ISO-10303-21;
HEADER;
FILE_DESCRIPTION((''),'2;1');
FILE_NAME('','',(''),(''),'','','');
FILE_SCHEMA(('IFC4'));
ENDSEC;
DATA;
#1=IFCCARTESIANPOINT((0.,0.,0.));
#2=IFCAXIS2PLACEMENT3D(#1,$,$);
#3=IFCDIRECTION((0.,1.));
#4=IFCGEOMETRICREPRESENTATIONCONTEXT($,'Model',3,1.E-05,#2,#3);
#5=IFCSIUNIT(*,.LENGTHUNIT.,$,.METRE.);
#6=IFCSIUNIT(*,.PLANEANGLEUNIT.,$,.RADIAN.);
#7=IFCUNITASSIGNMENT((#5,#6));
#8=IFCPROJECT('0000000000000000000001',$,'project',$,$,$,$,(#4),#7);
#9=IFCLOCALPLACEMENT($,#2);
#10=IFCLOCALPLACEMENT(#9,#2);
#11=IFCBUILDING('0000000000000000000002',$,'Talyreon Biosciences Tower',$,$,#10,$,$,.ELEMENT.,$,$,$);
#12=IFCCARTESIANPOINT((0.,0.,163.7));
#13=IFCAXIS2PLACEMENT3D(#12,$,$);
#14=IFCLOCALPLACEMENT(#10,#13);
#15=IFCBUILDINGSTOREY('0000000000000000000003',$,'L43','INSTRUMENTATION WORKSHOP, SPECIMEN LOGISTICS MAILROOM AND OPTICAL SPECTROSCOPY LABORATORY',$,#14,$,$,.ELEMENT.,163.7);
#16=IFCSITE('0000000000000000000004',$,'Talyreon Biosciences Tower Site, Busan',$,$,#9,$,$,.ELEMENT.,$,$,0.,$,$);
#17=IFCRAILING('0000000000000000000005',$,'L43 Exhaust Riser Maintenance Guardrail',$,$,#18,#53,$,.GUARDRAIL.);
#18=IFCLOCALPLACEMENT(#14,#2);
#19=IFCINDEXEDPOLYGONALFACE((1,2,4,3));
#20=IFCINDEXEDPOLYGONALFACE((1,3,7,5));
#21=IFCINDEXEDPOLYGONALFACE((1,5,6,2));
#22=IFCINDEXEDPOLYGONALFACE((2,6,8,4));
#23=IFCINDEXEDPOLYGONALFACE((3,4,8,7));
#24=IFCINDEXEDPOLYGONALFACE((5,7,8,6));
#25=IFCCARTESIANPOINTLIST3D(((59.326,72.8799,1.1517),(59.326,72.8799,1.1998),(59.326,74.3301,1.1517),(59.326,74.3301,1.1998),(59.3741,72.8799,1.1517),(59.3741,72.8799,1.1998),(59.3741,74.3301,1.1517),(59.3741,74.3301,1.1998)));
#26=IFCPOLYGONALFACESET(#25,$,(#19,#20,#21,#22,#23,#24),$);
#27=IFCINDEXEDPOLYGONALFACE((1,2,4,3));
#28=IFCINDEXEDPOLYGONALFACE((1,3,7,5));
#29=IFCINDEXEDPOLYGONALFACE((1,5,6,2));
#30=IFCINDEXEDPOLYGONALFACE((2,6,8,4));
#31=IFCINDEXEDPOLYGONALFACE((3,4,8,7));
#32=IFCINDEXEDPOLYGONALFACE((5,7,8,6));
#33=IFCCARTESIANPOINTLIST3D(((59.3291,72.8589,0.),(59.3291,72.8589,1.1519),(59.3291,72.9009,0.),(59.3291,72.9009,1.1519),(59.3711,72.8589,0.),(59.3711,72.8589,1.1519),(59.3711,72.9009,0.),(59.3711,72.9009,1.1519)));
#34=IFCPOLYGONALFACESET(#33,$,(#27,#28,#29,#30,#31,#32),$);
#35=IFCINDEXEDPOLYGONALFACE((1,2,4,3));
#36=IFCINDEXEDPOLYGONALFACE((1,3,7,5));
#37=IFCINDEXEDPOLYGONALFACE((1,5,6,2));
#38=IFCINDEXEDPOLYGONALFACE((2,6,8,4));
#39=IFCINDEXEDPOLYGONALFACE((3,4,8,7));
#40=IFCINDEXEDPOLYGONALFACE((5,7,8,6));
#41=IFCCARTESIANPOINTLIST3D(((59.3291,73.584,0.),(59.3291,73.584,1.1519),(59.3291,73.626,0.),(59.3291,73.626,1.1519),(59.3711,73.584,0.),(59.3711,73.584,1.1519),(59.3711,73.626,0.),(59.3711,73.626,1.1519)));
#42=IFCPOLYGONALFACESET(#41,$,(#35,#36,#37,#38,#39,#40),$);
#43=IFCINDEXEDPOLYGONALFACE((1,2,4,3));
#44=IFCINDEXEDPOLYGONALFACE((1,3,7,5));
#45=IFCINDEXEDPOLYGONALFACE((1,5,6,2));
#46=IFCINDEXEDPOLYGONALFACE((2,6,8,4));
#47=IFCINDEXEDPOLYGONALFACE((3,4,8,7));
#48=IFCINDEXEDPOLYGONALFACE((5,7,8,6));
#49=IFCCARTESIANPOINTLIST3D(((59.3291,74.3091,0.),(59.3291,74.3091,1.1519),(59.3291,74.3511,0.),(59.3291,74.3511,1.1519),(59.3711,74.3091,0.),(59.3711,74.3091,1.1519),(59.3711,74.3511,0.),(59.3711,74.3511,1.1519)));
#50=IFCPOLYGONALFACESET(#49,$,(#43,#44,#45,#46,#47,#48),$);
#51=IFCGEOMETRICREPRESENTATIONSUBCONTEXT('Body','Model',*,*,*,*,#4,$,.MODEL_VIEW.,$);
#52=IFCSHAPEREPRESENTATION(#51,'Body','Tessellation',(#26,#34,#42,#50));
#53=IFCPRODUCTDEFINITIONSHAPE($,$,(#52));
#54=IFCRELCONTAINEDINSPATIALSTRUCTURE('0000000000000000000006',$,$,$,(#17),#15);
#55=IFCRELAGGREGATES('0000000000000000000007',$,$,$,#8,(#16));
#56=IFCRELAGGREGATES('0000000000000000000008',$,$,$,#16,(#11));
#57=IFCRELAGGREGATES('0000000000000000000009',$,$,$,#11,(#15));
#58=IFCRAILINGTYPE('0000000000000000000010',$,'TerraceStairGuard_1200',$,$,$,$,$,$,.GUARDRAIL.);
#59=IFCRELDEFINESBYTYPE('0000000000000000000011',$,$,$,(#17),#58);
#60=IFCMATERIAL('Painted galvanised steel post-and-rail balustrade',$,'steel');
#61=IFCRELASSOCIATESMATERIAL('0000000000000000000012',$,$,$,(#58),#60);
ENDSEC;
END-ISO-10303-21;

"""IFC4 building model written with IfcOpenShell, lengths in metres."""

from ifc_helpers import new_model, si_unit, direction, frame, origin, origin_2d, place, context, subcontext, project, spatial, rectangle, extrude, material, type_object, element, save


model = new_model("IFC4")

# Units and contexts
model_context = context("Model", 3, precision=1e-05, world=origin(), true_north=direction((0.0, 1.0)))
body_context = subcontext(model_context, "Body", "Model", "MODEL_VIEW")
ifc_project = project(units=[si_unit("LENGTHUNIT", "METRE"), si_unit("PLANEANGLEUNIT", "RADIAN")], contexts=[model_context])

# Site, building, storey
site_placement = place(None, origin())
site = spatial("IfcSite", under=ifc_project, at=site_placement, Name="Talyreon Biosciences Tower Site, Busan", CompositionType="ELEMENT", RefElevation=0.0)
building_placement = place(site_placement, origin())
building = spatial("IfcBuilding", under=site, at=building_placement, Name="Talyreon Biosciences Tower", CompositionType="ELEMENT")
storey_placement = place(building_placement, frame((0.0, 0.0, 163.7)))
storey = spatial("IfcBuildingStorey", under=building, at=storey_placement, Name="L43", Description="INSTRUMENTATION WORKSHOP, SPECIMEN LOGISTICS MAILROOM AND OPTICAL SPECTROSCOPY LABORATORY", CompositionType="ELEMENT", Elevation=163.7)

# Railing
ifc_material_1 = material(Name="Painted galvanised steel post-and-rail balustrade", Category="steel")
railing_type_1 = type_object("IfcRailingType", Name="TerraceStairGuard_1200", PredefinedType="GUARDRAIL", material=ifc_material_1)
railing_1_placement = place(storey_placement, frame((59.3501, 72.8799, 0.0)))
element("IfcRailing", 1, at=railing_1_placement, inside=storey, type_object=railing_type_1, Name="L43 Exhaust Riser Maintenance Guardrail", PredefinedType="GUARDRAIL", context=body_context, shape_type="SweptSolid", body=[
    extrude(rectangle(XDim=0.0481, YDim=0.0481, at=origin_2d()), frame((0.0, 0.0, 1.1758), z_axis=(0.0, 1.0, 0.0), x_axis=(-1.0, 0.0, 0.0)), (0.0, 0.0, 1.0), 1.4502),
    extrude(rectangle(XDim=0.042, YDim=0.042, at=origin_2d()), origin(), (0.0, 0.0, 1.0), 1.1519),
    extrude(rectangle(XDim=0.042, YDim=0.042, at=origin_2d()), frame((0.0, 0.7251, 0.0)), (0.0, 0.0, 1.0), 1.1519),
    extrude(rectangle(XDim=0.042, YDim=0.042, at=origin_2d()), frame((0.0, 1.4502, 0.0)), (0.0, 0.0, 1.0), 1.1519),
])

save(model, "model.ifc")
